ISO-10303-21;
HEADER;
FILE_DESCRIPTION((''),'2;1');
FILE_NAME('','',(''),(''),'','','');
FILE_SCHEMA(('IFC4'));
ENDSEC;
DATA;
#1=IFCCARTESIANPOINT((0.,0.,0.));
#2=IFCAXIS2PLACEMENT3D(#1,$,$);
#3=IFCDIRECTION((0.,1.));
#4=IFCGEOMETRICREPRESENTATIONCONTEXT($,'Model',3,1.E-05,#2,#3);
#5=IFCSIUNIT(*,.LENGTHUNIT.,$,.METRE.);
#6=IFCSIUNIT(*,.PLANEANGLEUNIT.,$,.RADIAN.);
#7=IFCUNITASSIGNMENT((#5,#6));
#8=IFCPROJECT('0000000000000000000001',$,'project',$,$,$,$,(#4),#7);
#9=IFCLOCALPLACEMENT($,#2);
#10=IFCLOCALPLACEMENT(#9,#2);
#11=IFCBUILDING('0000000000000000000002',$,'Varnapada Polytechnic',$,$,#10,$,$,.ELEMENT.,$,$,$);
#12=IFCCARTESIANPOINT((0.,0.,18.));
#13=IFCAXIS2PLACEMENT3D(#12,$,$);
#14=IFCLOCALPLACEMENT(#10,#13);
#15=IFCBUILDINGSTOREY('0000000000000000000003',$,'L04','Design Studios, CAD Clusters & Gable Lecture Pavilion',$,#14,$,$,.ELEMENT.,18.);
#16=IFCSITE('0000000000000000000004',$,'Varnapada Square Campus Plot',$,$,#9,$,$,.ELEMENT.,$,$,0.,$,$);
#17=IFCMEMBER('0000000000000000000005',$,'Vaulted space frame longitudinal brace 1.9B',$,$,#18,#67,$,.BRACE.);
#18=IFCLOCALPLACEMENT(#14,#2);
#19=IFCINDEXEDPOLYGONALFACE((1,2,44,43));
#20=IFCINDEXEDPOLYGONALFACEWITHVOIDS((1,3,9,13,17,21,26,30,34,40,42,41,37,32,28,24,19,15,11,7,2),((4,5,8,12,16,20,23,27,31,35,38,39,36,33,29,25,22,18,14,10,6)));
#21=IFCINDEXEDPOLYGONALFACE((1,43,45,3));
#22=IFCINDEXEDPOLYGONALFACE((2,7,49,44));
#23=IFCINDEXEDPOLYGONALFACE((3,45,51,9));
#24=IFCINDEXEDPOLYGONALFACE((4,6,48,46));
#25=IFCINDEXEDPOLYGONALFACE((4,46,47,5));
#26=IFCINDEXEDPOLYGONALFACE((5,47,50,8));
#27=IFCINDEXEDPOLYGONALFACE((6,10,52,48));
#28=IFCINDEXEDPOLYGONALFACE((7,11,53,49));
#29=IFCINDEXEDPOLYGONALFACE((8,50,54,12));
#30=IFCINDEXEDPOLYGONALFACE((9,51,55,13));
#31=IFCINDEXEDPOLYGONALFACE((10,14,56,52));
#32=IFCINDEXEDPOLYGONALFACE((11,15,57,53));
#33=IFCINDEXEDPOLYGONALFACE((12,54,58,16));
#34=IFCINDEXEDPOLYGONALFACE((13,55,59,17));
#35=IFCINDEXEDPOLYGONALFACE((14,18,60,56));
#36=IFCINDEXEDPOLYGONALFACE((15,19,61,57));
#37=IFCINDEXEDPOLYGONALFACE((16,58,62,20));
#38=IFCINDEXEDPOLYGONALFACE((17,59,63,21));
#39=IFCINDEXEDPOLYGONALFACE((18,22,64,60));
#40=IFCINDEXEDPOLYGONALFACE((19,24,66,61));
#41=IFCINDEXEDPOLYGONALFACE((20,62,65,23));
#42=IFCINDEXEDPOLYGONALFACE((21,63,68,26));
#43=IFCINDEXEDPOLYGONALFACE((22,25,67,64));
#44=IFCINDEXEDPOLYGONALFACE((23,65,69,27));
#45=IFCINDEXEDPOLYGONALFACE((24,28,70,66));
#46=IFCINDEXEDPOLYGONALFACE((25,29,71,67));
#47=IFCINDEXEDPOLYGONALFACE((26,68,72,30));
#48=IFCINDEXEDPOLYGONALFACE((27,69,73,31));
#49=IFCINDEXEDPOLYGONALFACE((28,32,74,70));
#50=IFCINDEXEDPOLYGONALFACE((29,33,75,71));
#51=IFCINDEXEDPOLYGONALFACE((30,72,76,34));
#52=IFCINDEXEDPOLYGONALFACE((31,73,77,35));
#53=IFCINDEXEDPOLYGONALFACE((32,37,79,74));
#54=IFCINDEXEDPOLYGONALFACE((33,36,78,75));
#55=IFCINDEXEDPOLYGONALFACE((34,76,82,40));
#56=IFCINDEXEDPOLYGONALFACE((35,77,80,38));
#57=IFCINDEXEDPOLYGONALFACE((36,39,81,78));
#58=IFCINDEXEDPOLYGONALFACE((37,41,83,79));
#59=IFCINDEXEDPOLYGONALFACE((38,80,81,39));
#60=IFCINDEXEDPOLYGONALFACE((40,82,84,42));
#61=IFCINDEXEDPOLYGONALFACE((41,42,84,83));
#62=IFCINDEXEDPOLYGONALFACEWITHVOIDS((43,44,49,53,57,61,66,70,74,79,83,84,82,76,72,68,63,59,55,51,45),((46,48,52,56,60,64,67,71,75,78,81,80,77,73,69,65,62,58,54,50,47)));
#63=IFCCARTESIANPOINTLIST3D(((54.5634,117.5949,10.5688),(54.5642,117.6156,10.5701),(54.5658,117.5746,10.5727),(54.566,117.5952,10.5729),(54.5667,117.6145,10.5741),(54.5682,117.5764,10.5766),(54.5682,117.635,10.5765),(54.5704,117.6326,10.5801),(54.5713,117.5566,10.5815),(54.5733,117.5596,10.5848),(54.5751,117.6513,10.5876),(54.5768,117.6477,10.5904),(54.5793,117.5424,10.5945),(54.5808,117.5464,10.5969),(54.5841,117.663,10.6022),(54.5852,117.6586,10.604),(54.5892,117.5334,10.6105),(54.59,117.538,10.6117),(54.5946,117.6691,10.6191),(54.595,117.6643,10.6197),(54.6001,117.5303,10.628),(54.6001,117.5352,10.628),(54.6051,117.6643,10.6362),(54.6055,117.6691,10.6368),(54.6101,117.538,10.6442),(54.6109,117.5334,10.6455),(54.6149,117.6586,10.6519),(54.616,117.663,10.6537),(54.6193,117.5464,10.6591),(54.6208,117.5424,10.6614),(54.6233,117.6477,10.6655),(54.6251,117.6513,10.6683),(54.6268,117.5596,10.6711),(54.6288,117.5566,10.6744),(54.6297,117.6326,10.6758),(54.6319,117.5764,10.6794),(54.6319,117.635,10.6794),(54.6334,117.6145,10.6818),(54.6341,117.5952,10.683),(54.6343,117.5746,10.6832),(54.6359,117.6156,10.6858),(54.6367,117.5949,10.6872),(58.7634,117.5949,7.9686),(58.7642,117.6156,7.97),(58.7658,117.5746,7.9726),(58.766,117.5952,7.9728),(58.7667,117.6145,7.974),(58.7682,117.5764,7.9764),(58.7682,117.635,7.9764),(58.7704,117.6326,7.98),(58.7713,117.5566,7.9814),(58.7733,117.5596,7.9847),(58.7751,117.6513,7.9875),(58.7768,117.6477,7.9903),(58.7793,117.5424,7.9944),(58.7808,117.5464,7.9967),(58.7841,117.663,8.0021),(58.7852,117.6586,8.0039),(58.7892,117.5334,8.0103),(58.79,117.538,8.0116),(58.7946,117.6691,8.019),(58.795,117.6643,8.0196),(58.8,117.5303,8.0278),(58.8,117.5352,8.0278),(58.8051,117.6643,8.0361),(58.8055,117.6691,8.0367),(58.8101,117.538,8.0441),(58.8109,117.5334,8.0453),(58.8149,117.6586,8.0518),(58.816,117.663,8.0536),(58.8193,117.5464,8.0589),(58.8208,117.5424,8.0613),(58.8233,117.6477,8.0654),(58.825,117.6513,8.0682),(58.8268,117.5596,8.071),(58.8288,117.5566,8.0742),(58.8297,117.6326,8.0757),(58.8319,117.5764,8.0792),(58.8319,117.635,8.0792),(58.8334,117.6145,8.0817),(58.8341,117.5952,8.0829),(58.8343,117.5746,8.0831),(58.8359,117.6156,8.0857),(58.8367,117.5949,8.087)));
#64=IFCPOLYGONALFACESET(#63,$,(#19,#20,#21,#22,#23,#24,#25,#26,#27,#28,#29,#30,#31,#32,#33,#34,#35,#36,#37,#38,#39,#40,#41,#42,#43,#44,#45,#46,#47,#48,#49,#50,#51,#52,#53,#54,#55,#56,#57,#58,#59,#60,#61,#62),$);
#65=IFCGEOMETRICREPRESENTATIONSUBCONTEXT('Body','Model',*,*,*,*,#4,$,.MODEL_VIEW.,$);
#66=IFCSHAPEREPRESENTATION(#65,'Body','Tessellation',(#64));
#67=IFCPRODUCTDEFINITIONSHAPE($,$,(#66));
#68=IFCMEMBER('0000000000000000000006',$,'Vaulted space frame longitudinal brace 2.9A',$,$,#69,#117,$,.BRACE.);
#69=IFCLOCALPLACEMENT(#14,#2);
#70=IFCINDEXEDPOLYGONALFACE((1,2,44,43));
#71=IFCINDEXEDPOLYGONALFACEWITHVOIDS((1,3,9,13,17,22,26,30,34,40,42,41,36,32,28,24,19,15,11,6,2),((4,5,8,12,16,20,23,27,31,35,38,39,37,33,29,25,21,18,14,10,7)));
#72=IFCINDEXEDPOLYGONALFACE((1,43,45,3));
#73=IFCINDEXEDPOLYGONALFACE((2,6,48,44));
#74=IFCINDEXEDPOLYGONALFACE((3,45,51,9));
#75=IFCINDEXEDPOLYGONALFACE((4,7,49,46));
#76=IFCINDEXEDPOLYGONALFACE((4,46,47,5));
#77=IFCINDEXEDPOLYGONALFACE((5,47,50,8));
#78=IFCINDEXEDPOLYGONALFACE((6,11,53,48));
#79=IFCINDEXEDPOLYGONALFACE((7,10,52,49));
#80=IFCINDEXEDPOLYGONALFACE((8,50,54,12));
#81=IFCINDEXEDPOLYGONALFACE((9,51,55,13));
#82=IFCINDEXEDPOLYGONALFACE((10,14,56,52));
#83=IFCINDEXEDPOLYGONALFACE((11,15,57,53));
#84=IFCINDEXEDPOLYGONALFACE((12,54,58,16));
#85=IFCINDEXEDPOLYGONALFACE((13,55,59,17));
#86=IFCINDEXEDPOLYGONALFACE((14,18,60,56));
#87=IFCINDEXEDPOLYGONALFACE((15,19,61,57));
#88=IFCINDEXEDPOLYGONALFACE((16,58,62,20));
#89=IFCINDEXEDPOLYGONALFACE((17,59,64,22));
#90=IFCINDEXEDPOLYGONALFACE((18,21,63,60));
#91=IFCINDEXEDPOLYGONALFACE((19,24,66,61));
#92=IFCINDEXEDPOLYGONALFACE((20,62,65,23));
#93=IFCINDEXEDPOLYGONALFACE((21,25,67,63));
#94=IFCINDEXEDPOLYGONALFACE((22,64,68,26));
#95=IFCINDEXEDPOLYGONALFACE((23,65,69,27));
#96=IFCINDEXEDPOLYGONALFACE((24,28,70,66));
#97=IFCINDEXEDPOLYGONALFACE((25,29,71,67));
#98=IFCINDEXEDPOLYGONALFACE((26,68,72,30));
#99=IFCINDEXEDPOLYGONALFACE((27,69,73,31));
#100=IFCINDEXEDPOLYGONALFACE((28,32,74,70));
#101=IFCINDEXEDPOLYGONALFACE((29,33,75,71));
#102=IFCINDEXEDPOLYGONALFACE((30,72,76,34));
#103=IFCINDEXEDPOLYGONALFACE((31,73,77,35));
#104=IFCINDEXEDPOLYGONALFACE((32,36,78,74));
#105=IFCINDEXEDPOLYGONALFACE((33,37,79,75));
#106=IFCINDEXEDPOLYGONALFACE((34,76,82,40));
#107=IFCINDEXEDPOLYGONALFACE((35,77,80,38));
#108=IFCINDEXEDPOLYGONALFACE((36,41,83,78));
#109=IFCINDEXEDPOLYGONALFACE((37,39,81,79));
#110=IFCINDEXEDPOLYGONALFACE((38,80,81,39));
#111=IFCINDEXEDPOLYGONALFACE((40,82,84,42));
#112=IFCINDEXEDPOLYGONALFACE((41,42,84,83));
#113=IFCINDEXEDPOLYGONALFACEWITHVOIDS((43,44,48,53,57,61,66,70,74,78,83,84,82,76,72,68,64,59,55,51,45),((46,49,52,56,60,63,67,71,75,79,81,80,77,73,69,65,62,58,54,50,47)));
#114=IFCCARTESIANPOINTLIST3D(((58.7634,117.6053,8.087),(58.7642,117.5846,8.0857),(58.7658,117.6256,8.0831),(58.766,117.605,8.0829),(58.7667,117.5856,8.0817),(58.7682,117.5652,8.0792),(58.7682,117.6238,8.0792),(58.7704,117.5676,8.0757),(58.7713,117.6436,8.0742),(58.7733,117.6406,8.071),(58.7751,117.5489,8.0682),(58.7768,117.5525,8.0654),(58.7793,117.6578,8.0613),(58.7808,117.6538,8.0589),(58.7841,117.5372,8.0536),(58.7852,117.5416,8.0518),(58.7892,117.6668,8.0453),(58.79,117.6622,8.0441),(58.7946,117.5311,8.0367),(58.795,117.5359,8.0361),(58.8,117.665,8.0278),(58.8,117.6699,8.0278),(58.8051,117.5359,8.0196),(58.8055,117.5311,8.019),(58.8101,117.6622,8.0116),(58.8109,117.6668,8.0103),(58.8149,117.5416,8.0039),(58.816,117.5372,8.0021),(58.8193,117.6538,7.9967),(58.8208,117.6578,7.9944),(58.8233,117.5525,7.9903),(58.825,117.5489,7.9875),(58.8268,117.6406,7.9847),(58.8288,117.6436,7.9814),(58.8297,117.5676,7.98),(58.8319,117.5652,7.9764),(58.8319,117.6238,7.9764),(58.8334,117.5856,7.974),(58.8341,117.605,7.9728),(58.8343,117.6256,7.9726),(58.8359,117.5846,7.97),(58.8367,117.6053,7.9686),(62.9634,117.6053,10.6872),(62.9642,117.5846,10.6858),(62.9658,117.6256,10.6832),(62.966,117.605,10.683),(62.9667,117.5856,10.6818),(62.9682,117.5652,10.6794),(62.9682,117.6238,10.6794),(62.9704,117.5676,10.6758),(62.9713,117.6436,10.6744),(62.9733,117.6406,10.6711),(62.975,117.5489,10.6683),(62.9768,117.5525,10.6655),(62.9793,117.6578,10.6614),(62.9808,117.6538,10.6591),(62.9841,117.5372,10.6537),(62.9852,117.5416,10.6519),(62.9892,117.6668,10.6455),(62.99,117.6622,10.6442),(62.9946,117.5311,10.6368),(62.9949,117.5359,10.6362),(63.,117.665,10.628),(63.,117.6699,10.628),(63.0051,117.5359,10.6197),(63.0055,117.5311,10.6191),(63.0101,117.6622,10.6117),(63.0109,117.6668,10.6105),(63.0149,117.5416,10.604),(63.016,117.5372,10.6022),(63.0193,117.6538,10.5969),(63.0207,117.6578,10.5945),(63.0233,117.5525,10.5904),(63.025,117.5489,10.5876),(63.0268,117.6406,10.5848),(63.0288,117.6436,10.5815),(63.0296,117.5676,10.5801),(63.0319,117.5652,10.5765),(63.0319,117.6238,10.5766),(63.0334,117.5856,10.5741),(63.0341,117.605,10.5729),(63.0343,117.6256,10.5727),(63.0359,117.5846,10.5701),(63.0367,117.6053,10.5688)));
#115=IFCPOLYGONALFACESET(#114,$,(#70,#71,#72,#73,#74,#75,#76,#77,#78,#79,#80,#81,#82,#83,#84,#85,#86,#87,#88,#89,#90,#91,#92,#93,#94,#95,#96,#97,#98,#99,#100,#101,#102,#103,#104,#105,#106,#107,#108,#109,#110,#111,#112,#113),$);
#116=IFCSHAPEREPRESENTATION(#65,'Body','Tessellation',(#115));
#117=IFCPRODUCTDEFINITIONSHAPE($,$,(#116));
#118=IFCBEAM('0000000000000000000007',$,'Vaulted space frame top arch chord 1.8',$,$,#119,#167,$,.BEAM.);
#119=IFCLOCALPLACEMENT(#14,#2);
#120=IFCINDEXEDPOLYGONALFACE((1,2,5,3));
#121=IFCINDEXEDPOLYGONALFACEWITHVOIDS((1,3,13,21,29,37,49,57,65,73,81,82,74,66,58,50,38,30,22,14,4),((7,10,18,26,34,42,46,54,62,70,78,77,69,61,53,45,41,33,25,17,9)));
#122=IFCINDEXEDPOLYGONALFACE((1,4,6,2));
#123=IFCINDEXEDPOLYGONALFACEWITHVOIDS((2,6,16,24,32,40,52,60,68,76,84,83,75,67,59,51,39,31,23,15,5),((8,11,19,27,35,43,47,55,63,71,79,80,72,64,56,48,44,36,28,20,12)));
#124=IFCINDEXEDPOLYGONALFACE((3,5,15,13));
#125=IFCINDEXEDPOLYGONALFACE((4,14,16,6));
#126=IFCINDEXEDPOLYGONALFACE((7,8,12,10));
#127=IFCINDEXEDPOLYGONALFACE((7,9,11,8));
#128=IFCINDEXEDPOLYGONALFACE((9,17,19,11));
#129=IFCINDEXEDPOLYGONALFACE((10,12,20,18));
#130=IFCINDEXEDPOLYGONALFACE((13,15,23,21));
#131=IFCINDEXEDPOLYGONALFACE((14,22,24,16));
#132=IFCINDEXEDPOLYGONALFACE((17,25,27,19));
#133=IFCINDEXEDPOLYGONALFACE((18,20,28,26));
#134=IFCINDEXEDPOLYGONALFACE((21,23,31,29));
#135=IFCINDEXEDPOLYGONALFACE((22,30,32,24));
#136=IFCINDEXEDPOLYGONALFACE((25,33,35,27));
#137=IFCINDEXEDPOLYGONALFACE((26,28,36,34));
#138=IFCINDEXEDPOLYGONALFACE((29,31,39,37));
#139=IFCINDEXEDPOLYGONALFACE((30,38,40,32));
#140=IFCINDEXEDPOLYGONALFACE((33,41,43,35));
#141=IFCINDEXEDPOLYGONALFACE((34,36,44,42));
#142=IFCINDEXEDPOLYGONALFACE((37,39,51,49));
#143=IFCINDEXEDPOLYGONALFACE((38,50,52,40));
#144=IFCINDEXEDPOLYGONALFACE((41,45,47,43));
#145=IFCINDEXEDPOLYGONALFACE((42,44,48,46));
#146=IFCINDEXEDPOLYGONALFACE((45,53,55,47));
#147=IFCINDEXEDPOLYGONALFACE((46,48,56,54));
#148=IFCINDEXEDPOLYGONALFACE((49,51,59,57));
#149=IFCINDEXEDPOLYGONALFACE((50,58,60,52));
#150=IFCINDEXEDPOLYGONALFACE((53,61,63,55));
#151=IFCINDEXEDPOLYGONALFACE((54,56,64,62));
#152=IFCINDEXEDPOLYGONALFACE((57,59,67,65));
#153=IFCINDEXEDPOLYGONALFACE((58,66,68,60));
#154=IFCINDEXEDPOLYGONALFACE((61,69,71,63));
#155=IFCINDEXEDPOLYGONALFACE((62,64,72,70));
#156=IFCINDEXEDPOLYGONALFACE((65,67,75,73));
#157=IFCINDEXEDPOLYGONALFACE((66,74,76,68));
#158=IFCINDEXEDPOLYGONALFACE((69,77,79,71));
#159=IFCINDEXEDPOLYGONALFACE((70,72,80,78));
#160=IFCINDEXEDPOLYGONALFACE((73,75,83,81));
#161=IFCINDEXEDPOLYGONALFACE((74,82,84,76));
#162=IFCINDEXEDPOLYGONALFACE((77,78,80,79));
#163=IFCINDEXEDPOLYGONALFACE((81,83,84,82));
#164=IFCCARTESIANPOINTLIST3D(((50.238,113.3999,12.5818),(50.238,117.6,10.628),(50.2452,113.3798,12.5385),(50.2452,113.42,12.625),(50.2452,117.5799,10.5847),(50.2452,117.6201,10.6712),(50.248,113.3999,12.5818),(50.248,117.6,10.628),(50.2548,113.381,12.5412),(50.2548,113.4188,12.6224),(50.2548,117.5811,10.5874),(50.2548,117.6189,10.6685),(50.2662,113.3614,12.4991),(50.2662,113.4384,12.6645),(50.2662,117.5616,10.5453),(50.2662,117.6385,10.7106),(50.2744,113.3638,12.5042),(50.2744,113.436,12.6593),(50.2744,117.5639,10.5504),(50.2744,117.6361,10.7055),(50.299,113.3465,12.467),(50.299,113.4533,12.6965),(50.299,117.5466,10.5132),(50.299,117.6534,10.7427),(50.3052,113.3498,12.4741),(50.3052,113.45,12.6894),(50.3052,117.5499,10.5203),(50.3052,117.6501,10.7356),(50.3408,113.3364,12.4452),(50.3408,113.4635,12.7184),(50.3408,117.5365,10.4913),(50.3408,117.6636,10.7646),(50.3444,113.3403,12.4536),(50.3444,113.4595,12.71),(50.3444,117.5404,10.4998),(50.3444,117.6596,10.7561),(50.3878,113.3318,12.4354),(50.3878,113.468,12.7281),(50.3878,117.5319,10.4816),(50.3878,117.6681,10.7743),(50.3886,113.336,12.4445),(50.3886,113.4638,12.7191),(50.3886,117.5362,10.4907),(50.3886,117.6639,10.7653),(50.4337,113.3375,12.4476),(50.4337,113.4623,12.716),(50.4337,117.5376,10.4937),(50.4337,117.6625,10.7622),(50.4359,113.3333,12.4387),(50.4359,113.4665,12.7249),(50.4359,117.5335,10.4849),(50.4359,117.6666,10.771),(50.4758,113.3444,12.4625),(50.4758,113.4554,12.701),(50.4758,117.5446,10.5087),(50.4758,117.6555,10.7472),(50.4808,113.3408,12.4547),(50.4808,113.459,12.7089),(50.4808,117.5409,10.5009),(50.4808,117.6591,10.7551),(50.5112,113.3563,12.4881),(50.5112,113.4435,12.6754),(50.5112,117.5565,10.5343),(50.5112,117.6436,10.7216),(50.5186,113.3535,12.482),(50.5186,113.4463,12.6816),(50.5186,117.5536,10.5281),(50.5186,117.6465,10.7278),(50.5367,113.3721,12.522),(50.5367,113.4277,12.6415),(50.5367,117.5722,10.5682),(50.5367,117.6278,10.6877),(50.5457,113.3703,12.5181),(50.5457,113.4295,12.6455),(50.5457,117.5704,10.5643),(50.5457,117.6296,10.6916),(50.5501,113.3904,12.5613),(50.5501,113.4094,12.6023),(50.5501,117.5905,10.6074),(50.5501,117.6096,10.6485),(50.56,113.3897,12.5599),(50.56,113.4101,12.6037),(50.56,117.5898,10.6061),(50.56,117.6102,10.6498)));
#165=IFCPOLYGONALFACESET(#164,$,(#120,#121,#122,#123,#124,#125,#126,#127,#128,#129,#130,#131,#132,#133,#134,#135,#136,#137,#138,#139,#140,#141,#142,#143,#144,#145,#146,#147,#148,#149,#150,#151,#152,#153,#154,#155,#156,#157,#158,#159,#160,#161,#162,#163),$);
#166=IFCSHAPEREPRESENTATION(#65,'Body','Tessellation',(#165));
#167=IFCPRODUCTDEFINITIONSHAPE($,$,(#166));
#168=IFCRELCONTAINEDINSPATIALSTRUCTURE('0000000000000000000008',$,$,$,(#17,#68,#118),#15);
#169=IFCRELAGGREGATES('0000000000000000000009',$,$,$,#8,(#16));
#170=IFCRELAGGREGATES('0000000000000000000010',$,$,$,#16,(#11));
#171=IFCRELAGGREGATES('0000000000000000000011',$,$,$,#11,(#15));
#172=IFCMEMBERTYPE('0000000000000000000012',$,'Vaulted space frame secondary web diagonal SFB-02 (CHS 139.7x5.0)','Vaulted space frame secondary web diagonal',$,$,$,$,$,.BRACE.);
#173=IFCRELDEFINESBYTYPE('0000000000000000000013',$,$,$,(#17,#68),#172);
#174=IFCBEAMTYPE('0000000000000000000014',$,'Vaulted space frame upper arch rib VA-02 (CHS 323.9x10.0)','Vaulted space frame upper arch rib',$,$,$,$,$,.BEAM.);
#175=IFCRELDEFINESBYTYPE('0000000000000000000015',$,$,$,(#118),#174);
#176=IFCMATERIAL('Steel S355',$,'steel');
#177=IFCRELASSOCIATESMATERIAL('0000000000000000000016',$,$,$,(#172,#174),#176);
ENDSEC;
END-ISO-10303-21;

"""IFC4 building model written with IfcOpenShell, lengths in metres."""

from ifc_helpers import new_model, si_unit, direction, frame, origin, origin_2d, place, context, subcontext, project, spatial, hollow_circle, extrude, material, material_profile, profile_set, type_object, element, save


model = new_model("IFC4")

# Units and contexts
model_context = context("Model", 3, precision=1e-05, world=origin(), true_north=direction((0.0, 1.0)))
body_context = subcontext(model_context, "Body", "Model", "MODEL_VIEW")
ifc_project = project(units=[si_unit("LENGTHUNIT", "METRE"), si_unit("PLANEANGLEUNIT", "RADIAN")], contexts=[model_context])

# Site, building, storey
site_placement = place(None, origin())
site = spatial("IfcSite", under=ifc_project, at=site_placement, Name="Varnapada Square Campus Plot", CompositionType="ELEMENT", RefElevation=0.0)
building_placement = place(site_placement, origin())
building = spatial("IfcBuilding", under=site, at=building_placement, Name="Varnapada Polytechnic", CompositionType="ELEMENT")
storey_placement = place(building_placement, frame((0.0, 0.0, 18.0)))
storey = spatial("IfcBuildingStorey", under=building, at=storey_placement, Name="L04", Description="Design Studios, CAD Clusters & Gable Lecture Pavilion", CompositionType="ELEMENT", Elevation=18.0)

# Shared definitions
ifc_material = material(Name="Steel S355", Category="steel")

# Members
ifc_material_profile_1 = material_profile(ifc_material, hollow_circle(Radius=0.0698, WallThickness=0.0049, at=origin_2d()), Name="CHS 139.7x5.0")
ifc_profile_set_1 = profile_set([ifc_material_profile_1], Name="Steel S355")
member_type_1 = type_object("IfcMemberType", Name="Vaulted space frame secondary web diagonal SFB-02 (CHS 139.7x5.0)", Description="Vaulted space frame secondary web diagonal", PredefinedType="BRACE", material=ifc_profile_set_1)
for number, where, z_axis, x_axis, name in (
    (1, (58.8, 117.6001, 8.0278), (-0.850254, 0.0, 0.526373), (0.0, -1.0, 0.0), "Vaulted space frame longitudinal brace 1.9B"),
    (2, (58.8, 117.6001, 8.0278), (0.850254, 0.0, 0.526373), (0.0, 1.0, 0.0), "Vaulted space frame longitudinal brace 2.9A"),
):
    element("IfcMember", number, at=place(storey_placement, frame(where, z_axis=z_axis, x_axis=x_axis)), inside=storey, type_object=member_type_1, Name=name, PredefinedType="BRACE", context=body_context, shape_type="SweptSolid", body=[
        extrude(hollow_circle(Radius=0.0698, WallThickness=0.0049, at=origin_2d()), origin(), (0.0, 0.0, 1.0), 4.9397),
    ])

# Beam
ifc_material_profile_2 = material_profile(ifc_material, hollow_circle(Radius=0.1619, WallThickness=0.01, at=origin_2d()), Name="CHS 323.9x10.0")
ifc_profile_set_2 = profile_set([ifc_material_profile_2], Name="Steel S355")
beam_type_1 = type_object("IfcBeamType", Name="Vaulted space frame upper arch rib VA-02 (CHS 323.9x10.0)", Description="Vaulted space frame upper arch rib", PredefinedType="BEAM", material=ifc_profile_set_2)
beam_1_placement = place(storey_placement, frame((50.3999, 113.3999, 12.5818), z_axis=(0.0, 0.906698, -0.42178), x_axis=(-1.0, 0.0, 0.0)))
element("IfcBeam", 3, at=beam_1_placement, inside=storey, type_object=beam_type_1, Name="Vaulted space frame top arch chord 1.8", PredefinedType="BEAM", context=body_context, shape_type="SweptSolid", body=[
    extrude(hollow_circle(Radius=0.1619, WallThickness=0.01, at=origin_2d()), origin(), (0.0, 0.0, 1.0), 4.6323),
])

save(model, "model.ifc")
